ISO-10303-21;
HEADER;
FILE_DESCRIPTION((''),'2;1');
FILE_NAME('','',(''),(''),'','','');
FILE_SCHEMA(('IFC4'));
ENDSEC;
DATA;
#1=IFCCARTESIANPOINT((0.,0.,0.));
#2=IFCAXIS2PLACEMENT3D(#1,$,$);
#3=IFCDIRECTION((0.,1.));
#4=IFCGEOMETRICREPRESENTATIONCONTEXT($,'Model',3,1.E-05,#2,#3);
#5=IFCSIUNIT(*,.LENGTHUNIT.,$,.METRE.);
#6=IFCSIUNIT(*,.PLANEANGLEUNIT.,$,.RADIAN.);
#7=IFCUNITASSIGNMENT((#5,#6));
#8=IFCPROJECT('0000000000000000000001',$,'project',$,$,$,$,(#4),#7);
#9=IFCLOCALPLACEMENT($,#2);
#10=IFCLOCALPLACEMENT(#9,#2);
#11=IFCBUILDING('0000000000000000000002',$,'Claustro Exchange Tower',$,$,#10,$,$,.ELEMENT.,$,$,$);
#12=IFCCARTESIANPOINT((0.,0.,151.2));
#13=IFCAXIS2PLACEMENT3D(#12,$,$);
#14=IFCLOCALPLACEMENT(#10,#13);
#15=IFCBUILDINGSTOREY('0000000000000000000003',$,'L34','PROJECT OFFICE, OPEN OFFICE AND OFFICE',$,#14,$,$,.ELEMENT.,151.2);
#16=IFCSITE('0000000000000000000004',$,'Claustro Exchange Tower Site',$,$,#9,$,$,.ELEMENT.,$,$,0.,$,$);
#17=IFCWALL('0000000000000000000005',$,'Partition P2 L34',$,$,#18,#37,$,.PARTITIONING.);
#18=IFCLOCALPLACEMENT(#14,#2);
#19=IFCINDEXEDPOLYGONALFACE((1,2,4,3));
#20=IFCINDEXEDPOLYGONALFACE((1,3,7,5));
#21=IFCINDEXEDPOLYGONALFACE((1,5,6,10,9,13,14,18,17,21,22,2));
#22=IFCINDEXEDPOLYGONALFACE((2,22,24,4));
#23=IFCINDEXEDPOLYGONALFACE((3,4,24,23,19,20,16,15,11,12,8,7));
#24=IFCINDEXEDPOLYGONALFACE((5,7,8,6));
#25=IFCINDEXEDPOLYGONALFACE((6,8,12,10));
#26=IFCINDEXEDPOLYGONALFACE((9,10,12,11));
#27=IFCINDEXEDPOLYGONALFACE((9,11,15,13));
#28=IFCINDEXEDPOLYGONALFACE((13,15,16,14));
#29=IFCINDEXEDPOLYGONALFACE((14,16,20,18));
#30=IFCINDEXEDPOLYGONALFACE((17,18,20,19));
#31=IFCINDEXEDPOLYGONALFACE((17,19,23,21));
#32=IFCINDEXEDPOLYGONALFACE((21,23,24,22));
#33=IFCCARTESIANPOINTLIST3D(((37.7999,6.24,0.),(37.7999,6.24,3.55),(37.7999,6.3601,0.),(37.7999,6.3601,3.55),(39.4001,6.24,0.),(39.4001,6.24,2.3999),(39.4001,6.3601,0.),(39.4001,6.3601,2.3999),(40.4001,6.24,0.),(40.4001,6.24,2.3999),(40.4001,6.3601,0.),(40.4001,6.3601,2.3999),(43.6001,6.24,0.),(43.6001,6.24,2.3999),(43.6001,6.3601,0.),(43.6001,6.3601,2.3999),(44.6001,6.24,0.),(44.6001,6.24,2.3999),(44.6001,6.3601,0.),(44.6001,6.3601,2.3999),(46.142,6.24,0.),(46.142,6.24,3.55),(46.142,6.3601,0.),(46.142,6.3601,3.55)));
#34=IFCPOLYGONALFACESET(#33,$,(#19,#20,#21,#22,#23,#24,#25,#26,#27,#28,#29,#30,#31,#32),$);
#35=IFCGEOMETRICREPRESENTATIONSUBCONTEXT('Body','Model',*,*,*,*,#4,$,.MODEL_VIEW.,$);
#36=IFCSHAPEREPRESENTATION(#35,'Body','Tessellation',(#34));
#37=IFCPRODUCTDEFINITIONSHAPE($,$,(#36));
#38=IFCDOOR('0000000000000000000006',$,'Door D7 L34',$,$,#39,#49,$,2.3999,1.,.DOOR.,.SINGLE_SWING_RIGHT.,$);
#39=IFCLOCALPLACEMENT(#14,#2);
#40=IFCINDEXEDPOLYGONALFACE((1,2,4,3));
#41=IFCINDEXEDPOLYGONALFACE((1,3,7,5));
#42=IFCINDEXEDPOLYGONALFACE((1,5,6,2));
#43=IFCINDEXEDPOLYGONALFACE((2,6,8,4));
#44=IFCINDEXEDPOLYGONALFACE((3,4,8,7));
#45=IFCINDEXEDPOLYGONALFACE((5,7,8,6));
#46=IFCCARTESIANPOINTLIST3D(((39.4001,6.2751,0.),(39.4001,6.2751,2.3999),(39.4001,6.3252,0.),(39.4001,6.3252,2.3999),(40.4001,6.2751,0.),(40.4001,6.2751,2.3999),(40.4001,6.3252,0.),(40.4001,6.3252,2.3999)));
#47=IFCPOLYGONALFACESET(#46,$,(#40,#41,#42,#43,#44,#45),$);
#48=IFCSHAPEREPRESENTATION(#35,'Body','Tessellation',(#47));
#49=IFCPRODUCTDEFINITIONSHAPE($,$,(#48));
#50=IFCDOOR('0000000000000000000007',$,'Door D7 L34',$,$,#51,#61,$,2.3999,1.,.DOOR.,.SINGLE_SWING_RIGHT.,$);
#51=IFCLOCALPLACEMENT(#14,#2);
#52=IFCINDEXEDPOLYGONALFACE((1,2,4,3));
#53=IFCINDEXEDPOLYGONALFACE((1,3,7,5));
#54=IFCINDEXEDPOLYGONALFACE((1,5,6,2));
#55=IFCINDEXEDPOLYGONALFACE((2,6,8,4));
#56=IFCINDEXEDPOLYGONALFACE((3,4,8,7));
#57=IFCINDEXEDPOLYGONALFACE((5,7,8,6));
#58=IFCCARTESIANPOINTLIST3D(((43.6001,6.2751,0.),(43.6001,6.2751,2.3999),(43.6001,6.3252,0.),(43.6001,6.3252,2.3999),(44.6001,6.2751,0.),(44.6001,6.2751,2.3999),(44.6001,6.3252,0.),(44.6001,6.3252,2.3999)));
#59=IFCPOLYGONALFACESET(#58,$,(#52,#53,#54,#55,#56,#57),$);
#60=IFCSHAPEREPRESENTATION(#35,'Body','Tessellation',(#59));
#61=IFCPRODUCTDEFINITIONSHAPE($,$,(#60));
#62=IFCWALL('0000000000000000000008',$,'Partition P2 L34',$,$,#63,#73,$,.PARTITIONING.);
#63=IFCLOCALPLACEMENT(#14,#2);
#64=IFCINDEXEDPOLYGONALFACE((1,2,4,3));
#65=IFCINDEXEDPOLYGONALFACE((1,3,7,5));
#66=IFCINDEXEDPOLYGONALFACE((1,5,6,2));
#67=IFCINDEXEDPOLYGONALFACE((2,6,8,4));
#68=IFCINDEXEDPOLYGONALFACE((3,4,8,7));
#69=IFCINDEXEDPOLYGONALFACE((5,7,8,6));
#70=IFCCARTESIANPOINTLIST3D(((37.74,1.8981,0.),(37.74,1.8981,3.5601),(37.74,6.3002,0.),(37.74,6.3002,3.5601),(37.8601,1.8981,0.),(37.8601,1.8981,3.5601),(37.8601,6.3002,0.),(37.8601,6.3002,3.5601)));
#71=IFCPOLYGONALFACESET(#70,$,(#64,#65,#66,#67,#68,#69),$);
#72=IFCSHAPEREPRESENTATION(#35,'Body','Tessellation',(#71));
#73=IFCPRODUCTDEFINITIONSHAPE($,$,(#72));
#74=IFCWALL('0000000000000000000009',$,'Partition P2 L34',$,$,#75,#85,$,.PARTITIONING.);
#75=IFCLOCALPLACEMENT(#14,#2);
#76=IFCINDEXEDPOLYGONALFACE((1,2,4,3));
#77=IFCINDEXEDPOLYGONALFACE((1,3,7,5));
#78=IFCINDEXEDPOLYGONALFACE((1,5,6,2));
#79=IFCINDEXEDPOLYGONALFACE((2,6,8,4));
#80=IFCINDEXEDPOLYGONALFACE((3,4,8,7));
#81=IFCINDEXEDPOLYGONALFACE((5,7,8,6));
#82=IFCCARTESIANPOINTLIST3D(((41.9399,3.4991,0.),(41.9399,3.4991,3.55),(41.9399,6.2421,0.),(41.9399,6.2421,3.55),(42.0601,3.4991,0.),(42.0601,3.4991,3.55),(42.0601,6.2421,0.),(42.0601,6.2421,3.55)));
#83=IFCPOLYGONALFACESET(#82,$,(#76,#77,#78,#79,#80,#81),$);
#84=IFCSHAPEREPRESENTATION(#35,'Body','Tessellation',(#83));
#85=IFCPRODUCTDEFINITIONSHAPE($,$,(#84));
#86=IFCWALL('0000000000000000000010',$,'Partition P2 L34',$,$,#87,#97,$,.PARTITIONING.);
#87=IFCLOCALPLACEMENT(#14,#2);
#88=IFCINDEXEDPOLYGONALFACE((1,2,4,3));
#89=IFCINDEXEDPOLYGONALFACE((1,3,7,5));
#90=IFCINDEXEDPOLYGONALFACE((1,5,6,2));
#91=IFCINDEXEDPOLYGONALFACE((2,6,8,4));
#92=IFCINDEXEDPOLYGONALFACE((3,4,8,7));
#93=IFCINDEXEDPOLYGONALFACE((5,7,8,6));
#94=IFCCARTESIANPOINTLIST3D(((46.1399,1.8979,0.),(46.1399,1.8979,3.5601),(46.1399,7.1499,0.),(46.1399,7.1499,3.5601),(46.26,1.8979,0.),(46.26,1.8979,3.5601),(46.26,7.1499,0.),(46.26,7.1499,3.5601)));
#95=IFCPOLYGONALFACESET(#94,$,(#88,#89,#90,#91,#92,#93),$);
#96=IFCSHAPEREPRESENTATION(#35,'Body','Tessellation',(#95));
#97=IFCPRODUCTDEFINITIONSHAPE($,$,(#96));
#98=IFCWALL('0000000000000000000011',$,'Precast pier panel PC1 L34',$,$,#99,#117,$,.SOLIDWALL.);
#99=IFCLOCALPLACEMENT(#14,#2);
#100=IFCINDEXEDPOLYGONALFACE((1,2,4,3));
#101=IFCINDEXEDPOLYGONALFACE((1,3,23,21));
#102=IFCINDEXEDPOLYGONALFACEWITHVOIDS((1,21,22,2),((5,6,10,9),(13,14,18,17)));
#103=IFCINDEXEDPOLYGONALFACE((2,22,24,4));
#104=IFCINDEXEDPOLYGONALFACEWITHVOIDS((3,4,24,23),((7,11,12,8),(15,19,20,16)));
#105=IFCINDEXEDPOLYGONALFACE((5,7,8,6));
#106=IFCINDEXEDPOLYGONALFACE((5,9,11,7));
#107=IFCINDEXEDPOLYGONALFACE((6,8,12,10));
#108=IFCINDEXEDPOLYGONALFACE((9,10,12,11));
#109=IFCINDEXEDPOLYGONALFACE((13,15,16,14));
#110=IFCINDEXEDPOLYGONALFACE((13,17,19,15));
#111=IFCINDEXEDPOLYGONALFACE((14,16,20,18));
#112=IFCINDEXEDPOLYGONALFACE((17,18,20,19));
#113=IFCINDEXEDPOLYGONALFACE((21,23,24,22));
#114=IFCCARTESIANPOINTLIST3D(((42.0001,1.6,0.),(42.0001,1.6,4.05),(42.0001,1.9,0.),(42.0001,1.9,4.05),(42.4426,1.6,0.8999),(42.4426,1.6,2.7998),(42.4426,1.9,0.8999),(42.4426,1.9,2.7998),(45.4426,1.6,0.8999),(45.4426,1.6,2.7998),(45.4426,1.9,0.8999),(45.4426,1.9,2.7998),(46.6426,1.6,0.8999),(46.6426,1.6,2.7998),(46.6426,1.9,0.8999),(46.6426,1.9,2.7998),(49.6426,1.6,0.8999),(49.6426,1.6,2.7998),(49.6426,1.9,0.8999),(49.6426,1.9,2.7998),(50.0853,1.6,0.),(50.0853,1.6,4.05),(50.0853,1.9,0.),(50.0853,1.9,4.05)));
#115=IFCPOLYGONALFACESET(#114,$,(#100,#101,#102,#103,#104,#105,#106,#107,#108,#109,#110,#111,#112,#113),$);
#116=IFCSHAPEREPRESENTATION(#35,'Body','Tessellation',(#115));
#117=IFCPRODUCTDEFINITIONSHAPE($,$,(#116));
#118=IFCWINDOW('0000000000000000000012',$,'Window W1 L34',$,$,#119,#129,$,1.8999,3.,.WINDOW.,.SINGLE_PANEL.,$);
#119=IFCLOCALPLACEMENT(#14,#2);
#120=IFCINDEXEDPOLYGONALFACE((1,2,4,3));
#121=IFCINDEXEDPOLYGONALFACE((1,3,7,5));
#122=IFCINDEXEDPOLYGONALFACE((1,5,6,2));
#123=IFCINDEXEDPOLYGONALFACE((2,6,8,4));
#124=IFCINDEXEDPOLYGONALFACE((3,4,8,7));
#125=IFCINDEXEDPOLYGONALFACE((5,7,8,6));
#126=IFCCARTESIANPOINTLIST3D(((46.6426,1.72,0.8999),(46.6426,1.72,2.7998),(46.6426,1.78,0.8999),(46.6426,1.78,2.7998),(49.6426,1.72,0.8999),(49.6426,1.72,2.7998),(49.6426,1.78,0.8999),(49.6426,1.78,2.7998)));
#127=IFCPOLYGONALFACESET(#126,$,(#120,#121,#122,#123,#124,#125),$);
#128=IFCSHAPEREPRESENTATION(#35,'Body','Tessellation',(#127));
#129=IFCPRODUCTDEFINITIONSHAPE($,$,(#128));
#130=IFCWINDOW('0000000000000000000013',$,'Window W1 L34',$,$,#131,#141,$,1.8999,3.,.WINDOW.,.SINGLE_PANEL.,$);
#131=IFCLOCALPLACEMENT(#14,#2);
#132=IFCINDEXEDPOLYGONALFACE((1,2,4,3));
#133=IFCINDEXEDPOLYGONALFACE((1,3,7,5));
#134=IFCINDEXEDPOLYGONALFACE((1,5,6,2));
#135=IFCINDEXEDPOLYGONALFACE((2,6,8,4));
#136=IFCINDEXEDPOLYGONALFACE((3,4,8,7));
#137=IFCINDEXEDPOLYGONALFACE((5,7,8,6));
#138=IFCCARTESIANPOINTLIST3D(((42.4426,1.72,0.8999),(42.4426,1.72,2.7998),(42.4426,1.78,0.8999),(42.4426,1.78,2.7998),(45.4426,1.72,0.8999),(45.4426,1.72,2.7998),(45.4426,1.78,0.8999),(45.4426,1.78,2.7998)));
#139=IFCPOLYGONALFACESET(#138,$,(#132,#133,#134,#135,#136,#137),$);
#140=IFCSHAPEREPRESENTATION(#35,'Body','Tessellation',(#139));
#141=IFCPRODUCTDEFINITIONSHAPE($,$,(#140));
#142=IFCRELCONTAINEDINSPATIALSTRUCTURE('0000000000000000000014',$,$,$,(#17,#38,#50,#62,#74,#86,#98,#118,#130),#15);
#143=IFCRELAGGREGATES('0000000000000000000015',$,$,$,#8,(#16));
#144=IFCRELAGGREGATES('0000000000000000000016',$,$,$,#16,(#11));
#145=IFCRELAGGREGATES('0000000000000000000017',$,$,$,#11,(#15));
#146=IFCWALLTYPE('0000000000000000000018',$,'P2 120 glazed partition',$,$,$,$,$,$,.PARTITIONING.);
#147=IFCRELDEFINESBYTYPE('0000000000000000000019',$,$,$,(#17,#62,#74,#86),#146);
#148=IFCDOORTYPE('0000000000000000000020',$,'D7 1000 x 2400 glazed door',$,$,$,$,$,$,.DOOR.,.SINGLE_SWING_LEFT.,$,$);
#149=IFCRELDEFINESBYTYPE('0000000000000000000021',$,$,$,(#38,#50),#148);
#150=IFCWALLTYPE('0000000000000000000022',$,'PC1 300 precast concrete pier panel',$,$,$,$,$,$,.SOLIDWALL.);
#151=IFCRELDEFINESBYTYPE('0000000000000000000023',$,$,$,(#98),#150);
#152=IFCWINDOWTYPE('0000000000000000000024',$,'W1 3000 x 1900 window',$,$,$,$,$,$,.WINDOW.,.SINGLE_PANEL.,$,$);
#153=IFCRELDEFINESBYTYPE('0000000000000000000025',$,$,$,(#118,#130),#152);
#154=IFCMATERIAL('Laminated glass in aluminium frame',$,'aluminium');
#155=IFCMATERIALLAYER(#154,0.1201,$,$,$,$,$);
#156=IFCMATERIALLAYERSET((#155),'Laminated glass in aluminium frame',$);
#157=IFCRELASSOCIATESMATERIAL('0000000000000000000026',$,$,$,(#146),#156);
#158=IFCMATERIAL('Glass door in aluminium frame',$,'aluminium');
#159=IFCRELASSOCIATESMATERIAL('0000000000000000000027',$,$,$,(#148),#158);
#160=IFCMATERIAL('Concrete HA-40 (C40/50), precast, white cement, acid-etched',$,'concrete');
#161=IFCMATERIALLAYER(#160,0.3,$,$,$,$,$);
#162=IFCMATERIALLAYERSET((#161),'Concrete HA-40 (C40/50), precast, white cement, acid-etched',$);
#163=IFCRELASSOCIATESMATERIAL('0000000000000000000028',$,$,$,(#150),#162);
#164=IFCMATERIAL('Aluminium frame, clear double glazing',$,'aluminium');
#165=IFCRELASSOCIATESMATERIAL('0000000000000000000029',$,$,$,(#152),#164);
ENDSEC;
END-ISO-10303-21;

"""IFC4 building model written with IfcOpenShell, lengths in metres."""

from ifc_helpers import new_model, si_unit, direction, frame, frame_2d, origin, place, context, subcontext, project, spatial, rectangle, extrude, material, layer, layer_set, type_object, element, fill, save


model = new_model("IFC4")

# Units and contexts
model_context = context("Model", 3, precision=1e-05, world=origin(), true_north=direction((0.0, 1.0)))
body_context = subcontext(model_context, "Body", "Model", "MODEL_VIEW")
ifc_project = project(units=[si_unit("LENGTHUNIT", "METRE"), si_unit("PLANEANGLEUNIT", "RADIAN")], contexts=[model_context])

# Site, building, storey
site_placement = place(None, origin())
site = spatial("IfcSite", under=ifc_project, at=site_placement, Name="Claustro Exchange Tower Site", CompositionType="ELEMENT", RefElevation=0.0)
building_placement = place(site_placement, origin())
building = spatial("IfcBuilding", under=site, at=building_placement, Name="Claustro Exchange Tower", CompositionType="ELEMENT")
storey_placement = place(building_placement, frame((0.0, 0.0, 151.2)))
storey = spatial("IfcBuildingStorey", under=building, at=storey_placement, Name="L34", Description="PROJECT OFFICE, OPEN OFFICE AND OFFICE", CompositionType="ELEMENT", Elevation=151.2)

# Shared definitions
ifc_material_1 = material(Name="Laminated glass in aluminium frame", Category="aluminium")
ifc_layer_1 = layer(ifc_material_1, 0.1201)
ifc_layer_set_1 = layer_set([ifc_layer_1], Name="Laminated glass in aluminium frame")
wall_type_1 = type_object("IfcWallType", Name="P2 120 glazed partition", PredefinedType="PARTITIONING", material=ifc_layer_set_1)
ifc_material_2 = material(Name="Glass door in aluminium frame", Category="aluminium")
door_type = type_object("IfcDoorType", Name="D7 1000 x 2400 glazed door", OperationType="SINGLE_SWING_LEFT", PredefinedType="DOOR", material=ifc_material_2)

# Wall, openings, doors
wall_1_placement = place(storey_placement, frame((37.8, 6.3, 0.0), z_axis=(0.0, 0.0, 1.0), x_axis=(1.0, 0.0, 0.0)))
wall_1 = element("IfcWall", 1, at=wall_1_placement, inside=storey, type_object=wall_type_1, Name="Partition P2 L34", PredefinedType="PARTITIONING", context=body_context, shape_type="SweptSolid", body=[
    extrude(rectangle(XDim=8.342, YDim=0.1201, at=frame_2d((4.1709, 0.0))), origin(), (0.0, 0.0, 1.0), 3.55),
])
opening_1_placement = place(wall_1_placement, frame((1.6001, 0.0, 0.0)))
opening_1 = element("IfcOpeningElement", 2, at=opening_1_placement, cuts=wall_1, PredefinedType="OPENING", context=body_context, shape_type="SweptSolid", body=[
    extrude(rectangle(XDim=1.0, YDim=2.3999, at=frame_2d((0.5, 1.2))), frame((0.0, 0.0701, 0.0), z_axis=(0.0, -1.0, 0.0), x_axis=(1.0, 0.0, 0.0)), (0.0, 0.0, 1.0), 0.1401),
])
opening_2_placement = place(wall_1_placement, frame((5.8, 0.0, 0.0)))
opening_2 = element("IfcOpeningElement", 3, at=opening_2_placement, cuts=wall_1, PredefinedType="OPENING", context=body_context, shape_type="SweptSolid", body=[
    extrude(rectangle(XDim=1.0, YDim=2.3999, at=frame_2d((0.5, 1.2))), frame((0.0, 0.0701, 0.0), z_axis=(0.0, -1.0, 0.0), x_axis=(1.0, 0.0, 0.0)), (0.0, 0.0, 1.0), 0.1401),
])
door_1_placement = place(opening_1_placement, frame((1.0, 0.0, 0.0), z_axis=(0.0, 0.0, 1.0), x_axis=(-1.0, 0.0, 0.0)))
door_1 = element("IfcDoor", 4, at=door_1_placement, inside=storey, type_object=door_type, Name="Door D7 L34", OperationType="SINGLE_SWING_RIGHT", OverallHeight=2.3999, OverallWidth=1.0, PredefinedType="DOOR", context=body_context, shape_type="SweptSolid", body=[
    extrude(rectangle(XDim=1.0, YDim=2.3999, at=frame_2d((0.5, 1.2))), frame((0.0, 0.0249, 0.0), z_axis=(0.0, -1.0, 0.0), x_axis=(1.0, 0.0, 0.0)), (0.0, 0.0, 1.0), 0.05),
])
fill(opening_1, door_1)
door_2_placement = place(opening_2_placement, frame((1.0, 0.0, 0.0), z_axis=(0.0, 0.0, 1.0), x_axis=(-1.0, 0.0, 0.0)))
door_2 = element("IfcDoor", 5, at=door_2_placement, inside=storey, type_object=door_type, Name="Door D7 L34", OperationType="SINGLE_SWING_RIGHT", OverallHeight=2.3999, OverallWidth=1.0, PredefinedType="DOOR", context=body_context, shape_type="SweptSolid", body=[
    extrude(rectangle(XDim=1.0, YDim=2.3999, at=frame_2d((0.5, 1.2))), frame((0.0, 0.0249, 0.0), z_axis=(0.0, -1.0, 0.0), x_axis=(1.0, 0.0, 0.0)), (0.0, 0.0, 1.0), 0.05),
])
fill(opening_2, door_2)

# Walls
wall_2_placement = place(storey_placement, frame((37.8, 1.8979, 0.0), z_axis=(0.0, 0.0, 1.0), x_axis=(0.0, 1.0, 0.0)))
element("IfcWall", 6, at=wall_2_placement, inside=storey, type_object=wall_type_1, Name="Partition P2 L34", PredefinedType="PARTITIONING", context=body_context, shape_type="SweptSolid", body=[
    extrude(rectangle(XDim=4.4021, YDim=0.1201, at=frame_2d((2.2012, 0.0))), origin(), (0.0, 0.0, 1.0), 3.5601),
])
wall_3_placement = place(storey_placement, frame((42.0, 3.499, 0.0), z_axis=(0.0, 0.0, 1.0), x_axis=(0.0, 1.0, 0.0)))
element("IfcWall", 7, at=wall_3_placement, inside=storey, type_object=wall_type_1, Name="Partition P2 L34", PredefinedType="PARTITIONING", context=body_context, shape_type="SweptSolid", body=[
    extrude(rectangle(XDim=2.7429, YDim=0.1201, at=frame_2d((1.3716, 0.0))), origin(), (0.0, 0.0, 1.0), 3.55),
])
wall_4_placement = place(storey_placement, frame((46.2, 1.8979, 0.0), z_axis=(0.0, 0.0, 1.0), x_axis=(0.0, 1.0, 0.0)))
element("IfcWall", 8, at=wall_4_placement, inside=storey, type_object=wall_type_1, Name="Partition P2 L34", PredefinedType="PARTITIONING", context=body_context, shape_type="SweptSolid", body=[
    extrude(rectangle(XDim=5.252, YDim=0.1201, at=frame_2d((2.626, 0.0))), origin(), (0.0, 0.0, 1.0), 3.5601),
])

# Wall, openings, windows
ifc_material_3 = material(Name="Concrete HA-40 (C40/50), precast, white cement, acid-etched", Category="concrete")
ifc_layer_2 = layer(ifc_material_3, 0.3)
ifc_layer_set_2 = layer_set([ifc_layer_2], Name="Concrete HA-40 (C40/50), precast, white cement, acid-etched")
wall_type_2 = type_object("IfcWallType", Name="PC1 300 precast concrete pier panel", PredefinedType="SOLIDWALL", material=ifc_layer_set_2)
wall_5_placement = place(storey_placement, frame((50.0852, 1.75, 0.0), z_axis=(0.0, 0.0, 1.0), x_axis=(-1.0, 0.0, 0.0)))
wall_5 = element("IfcWall", 9, at=wall_5_placement, inside=storey, type_object=wall_type_2, Name="Precast pier panel PC1 L34", PredefinedType="SOLIDWALL", context=body_context, shape_type="SweptSolid", body=[
    extrude(rectangle(XDim=8.0852, YDim=0.3, at=frame_2d((4.0425, 0.0))), origin(), (0.0, 0.0, 1.0), 4.05),
])
opening_3_placement = place(wall_5_placement, frame((0.4426, 0.0, 0.8999)))
opening_3 = element("IfcOpeningElement", 10, at=opening_3_placement, cuts=wall_5, PredefinedType="OPENING", context=body_context, shape_type="SweptSolid", body=[
    extrude(rectangle(XDim=3.0, YDim=1.8999, at=frame_2d((1.5, 0.95))), frame((0.0, 0.1599, 0.0), z_axis=(0.0, -1.0, 0.0), x_axis=(1.0, 0.0, 0.0)), (0.0, 0.0, 1.0), 0.3201),
])
opening_4_placement = place(wall_5_placement, frame((4.6426, 0.0, 0.8999)))
opening_4 = element("IfcOpeningElement", 11, at=opening_4_placement, cuts=wall_5, PredefinedType="OPENING", context=body_context, shape_type="SweptSolid", body=[
    extrude(rectangle(XDim=3.0, YDim=1.8999, at=frame_2d((1.5, 0.95))), frame((0.0, 0.1599, 0.0), z_axis=(0.0, -1.0, 0.0), x_axis=(1.0, 0.0, 0.0)), (0.0, 0.0, 1.0), 0.3201),
])
ifc_material_4 = material(Name="Aluminium frame, clear double glazing", Category="aluminium")
window_type = type_object("IfcWindowType", Name="W1 3000 x 1900 window", PartitioningType="SINGLE_PANEL", PredefinedType="WINDOW", material=ifc_material_4)
window_1_placement = place(opening_3_placement, origin())
window_1 = element("IfcWindow", 12, at=window_1_placement, inside=storey, type_object=window_type, Name="Window W1 L34", OverallHeight=1.8999, OverallWidth=3.0, PartitioningType="SINGLE_PANEL", PredefinedType="WINDOW", context=body_context, shape_type="SweptSolid", body=[
    extrude(rectangle(XDim=3.0, YDim=1.8999, at=frame_2d((1.5, 0.95))), frame((0.0, 0.03, 0.0), z_axis=(0.0, -1.0, 0.0), x_axis=(1.0, 0.0, 0.0)), (0.0, 0.0, 1.0), 0.0601),
])
fill(opening_3, window_1)
window_2_placement = place(opening_4_placement, origin())
window_2 = element("IfcWindow", 13, at=window_2_placement, inside=storey, type_object=window_type, Name="Window W1 L34", OverallHeight=1.8999, OverallWidth=3.0, PartitioningType="SINGLE_PANEL", PredefinedType="WINDOW", context=body_context, shape_type="SweptSolid", body=[
    extrude(rectangle(XDim=3.0, YDim=1.8999, at=frame_2d((1.5, 0.95))), frame((0.0, 0.03, 0.0), z_axis=(0.0, -1.0, 0.0), x_axis=(1.0, 0.0, 0.0)), (0.0, 0.0, 1.0), 0.0601),
])
fill(opening_4, window_2)

save(model, "model.ifc")
